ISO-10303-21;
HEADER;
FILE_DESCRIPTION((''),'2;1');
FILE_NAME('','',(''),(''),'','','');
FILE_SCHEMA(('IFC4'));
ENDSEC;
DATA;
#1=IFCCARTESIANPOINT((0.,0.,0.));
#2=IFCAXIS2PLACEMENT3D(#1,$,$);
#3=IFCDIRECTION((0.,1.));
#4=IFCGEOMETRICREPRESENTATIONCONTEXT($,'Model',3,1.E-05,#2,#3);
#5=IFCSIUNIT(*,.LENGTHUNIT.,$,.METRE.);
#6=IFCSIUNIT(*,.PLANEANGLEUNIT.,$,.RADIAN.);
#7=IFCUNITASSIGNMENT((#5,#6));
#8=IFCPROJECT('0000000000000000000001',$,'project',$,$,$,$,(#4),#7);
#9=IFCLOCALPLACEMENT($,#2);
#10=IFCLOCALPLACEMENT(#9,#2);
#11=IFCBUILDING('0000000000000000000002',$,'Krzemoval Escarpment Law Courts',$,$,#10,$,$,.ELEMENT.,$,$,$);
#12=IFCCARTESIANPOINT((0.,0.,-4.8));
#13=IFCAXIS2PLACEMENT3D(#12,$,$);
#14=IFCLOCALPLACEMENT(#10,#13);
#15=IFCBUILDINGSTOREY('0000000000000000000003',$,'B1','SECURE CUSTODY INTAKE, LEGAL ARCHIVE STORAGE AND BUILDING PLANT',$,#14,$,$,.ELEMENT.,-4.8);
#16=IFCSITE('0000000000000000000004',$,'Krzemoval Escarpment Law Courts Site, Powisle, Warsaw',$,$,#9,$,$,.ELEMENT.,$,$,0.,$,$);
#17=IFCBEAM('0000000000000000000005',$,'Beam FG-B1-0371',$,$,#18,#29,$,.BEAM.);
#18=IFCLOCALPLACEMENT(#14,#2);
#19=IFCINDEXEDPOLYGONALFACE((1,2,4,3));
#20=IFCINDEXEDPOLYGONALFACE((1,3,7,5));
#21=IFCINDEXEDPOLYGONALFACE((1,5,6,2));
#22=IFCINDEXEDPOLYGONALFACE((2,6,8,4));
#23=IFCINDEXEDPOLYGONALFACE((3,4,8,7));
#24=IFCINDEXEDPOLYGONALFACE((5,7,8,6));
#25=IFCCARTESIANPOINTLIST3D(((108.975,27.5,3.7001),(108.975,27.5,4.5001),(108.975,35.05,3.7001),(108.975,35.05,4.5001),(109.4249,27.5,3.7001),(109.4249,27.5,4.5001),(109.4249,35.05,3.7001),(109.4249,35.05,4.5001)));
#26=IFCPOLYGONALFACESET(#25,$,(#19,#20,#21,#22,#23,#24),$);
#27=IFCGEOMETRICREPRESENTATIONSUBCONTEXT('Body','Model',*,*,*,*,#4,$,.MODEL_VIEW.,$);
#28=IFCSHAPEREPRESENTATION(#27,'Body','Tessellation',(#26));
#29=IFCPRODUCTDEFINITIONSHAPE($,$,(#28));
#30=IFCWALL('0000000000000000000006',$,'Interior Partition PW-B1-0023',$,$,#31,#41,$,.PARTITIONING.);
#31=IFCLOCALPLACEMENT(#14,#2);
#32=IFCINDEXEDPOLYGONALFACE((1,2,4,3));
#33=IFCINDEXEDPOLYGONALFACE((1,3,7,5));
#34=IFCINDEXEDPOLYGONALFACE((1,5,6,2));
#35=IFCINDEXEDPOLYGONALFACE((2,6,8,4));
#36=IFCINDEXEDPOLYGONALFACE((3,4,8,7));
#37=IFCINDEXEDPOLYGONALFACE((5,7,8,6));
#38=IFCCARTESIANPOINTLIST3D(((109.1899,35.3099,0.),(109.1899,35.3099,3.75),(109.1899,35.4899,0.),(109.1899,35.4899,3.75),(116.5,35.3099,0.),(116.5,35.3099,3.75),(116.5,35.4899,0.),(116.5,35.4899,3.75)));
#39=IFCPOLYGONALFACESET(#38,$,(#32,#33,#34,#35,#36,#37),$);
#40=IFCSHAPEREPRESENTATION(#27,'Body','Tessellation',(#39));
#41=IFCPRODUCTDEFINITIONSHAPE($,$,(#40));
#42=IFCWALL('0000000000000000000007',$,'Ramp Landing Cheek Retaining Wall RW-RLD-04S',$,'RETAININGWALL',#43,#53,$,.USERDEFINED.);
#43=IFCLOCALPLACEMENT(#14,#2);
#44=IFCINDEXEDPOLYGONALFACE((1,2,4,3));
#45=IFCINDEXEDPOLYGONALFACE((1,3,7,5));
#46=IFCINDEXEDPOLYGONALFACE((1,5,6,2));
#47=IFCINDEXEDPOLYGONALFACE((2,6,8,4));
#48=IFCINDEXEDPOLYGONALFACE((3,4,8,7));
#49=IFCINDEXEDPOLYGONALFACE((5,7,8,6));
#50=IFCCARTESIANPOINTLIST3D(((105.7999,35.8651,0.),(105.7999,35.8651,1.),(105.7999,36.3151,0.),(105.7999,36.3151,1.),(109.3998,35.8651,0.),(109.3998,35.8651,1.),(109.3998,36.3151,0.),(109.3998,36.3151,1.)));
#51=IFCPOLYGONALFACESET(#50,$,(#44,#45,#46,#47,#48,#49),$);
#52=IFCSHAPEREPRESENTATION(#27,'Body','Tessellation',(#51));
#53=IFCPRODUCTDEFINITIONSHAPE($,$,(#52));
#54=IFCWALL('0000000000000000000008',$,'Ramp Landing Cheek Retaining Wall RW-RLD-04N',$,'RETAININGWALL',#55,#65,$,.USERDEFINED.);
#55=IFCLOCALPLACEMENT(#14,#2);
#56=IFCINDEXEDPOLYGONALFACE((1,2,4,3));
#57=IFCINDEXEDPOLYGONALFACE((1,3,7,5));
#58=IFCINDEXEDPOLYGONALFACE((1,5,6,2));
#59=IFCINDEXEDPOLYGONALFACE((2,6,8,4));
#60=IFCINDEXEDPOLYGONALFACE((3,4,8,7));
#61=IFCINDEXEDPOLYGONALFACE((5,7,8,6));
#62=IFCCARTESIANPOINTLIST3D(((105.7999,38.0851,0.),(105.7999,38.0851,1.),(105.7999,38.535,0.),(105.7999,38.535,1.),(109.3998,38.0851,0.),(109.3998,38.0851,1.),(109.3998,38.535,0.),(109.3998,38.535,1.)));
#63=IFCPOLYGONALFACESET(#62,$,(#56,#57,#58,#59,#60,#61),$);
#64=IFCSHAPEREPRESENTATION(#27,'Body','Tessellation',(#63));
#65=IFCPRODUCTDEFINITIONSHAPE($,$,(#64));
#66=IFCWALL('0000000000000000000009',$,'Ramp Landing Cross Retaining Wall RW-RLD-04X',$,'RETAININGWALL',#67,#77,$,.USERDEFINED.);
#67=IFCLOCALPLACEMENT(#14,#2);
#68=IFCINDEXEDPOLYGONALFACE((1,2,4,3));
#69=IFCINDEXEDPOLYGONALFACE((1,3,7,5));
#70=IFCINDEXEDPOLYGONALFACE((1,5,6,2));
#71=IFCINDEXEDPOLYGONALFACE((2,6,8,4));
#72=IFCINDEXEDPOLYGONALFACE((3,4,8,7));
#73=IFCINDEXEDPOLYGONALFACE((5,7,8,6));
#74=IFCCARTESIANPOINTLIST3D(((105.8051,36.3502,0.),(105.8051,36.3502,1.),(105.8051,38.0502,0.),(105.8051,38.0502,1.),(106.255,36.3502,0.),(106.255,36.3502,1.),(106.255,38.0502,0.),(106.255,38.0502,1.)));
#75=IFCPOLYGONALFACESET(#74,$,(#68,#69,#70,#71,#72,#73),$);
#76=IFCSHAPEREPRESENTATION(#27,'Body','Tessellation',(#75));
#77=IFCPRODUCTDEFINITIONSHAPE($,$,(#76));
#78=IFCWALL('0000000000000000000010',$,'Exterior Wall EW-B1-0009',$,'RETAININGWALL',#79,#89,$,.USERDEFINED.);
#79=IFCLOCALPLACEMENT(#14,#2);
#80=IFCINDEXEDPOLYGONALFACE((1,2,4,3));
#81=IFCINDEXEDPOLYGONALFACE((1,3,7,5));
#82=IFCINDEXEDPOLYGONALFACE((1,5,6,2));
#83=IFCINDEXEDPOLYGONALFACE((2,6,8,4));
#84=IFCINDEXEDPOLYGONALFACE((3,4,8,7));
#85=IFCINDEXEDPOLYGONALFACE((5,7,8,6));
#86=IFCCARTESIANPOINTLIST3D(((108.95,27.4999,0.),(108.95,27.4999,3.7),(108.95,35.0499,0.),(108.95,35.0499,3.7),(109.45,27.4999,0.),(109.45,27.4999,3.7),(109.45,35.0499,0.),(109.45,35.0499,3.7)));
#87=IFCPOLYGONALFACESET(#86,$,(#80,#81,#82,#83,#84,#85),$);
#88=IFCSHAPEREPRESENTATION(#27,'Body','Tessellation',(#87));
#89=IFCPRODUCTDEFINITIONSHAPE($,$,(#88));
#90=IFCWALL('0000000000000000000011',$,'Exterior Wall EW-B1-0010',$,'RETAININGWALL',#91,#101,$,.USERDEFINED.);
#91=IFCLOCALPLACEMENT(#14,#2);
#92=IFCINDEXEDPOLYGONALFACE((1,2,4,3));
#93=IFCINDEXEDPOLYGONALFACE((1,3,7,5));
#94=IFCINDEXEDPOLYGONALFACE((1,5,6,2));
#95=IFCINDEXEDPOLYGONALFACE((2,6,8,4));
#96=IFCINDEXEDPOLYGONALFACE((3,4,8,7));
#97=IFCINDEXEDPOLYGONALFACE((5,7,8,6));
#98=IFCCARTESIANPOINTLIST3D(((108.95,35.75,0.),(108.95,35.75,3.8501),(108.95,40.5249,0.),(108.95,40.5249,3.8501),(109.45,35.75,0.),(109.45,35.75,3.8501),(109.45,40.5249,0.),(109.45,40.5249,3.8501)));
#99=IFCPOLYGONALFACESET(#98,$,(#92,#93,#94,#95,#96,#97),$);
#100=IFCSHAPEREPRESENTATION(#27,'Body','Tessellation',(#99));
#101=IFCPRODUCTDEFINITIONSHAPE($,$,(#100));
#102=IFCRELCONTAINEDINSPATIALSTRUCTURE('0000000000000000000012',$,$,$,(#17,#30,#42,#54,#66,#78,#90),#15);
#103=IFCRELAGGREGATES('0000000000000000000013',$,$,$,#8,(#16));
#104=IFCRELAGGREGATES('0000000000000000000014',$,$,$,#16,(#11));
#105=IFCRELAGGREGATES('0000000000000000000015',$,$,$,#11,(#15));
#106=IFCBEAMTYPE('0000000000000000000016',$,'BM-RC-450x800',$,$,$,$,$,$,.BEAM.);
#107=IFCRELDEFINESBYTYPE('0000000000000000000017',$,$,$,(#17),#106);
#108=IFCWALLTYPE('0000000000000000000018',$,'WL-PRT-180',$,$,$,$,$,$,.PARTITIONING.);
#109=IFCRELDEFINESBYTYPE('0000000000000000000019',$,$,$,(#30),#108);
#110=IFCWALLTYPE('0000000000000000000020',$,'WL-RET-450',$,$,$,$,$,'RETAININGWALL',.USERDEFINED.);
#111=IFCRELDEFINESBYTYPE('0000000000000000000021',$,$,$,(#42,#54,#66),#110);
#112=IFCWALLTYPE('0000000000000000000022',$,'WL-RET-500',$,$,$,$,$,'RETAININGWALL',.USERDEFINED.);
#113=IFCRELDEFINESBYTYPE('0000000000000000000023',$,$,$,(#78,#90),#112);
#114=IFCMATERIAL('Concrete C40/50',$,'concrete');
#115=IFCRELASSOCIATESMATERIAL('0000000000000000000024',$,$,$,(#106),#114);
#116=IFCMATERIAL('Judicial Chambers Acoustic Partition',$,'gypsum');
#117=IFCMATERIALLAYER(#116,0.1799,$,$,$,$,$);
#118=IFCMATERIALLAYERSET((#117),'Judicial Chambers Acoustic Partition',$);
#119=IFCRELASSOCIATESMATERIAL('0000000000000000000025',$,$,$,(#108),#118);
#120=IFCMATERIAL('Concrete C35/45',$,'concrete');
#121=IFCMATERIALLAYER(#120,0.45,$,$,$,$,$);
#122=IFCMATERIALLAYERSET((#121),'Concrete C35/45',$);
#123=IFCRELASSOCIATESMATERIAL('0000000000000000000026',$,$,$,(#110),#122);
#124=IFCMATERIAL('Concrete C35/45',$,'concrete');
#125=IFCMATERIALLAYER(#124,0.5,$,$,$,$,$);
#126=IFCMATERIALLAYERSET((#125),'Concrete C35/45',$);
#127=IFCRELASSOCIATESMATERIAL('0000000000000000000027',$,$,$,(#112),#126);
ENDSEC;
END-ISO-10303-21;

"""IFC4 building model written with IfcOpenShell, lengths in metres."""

from ifc_helpers import new_model, si_unit, direction, frame, frame_2d, origin, origin_2d, place, context, subcontext, project, spatial, rectangle, extrude, material, layer, layer_set, material_profile, profile_set, type_object, element, save


model = new_model("IFC4")

# Units and contexts
model_context = context("Model", 3, precision=1e-05, world=origin(), true_north=direction((0.0, 1.0)))
body_context = subcontext(model_context, "Body", "Model", "MODEL_VIEW")
ifc_project = project(units=[si_unit("LENGTHUNIT", "METRE"), si_unit("PLANEANGLEUNIT", "RADIAN")], contexts=[model_context])

# Site, building, storey
site_placement = place(None, origin())
site = spatial("IfcSite", under=ifc_project, at=site_placement, Name="Krzemoval Escarpment Law Courts Site, Powisle, Warsaw", CompositionType="ELEMENT", RefElevation=0.0)
building_placement = place(site_placement, origin())
building = spatial("IfcBuilding", under=site, at=building_placement, Name="Krzemoval Escarpment Law Courts", CompositionType="ELEMENT")
storey_placement = place(building_placement, frame((0.0, 0.0, -4.8)))
storey = spatial("IfcBuildingStorey", under=building, at=storey_placement, Name="B1", Description="SECURE CUSTODY INTAKE, LEGAL ARCHIVE STORAGE AND BUILDING PLANT", CompositionType="ELEMENT", Elevation=-4.8)

# Beam
ifc_material_1 = material(Name="Concrete C40/50", Category="concrete")
ifc_material_profile_1 = material_profile(ifc_material_1, rectangle(XDim=0.45, YDim=0.8, at=origin_2d()), Name="RCB 450x800")
ifc_profile_set_1 = profile_set([ifc_material_profile_1], Name="Concrete C40/50")
beam_type_1 = type_object("IfcBeamType", Name="BM-RC-450x800", PredefinedType="BEAM", material=ifc_profile_set_1)
beam_1_placement = place(storey_placement, frame((109.2, 27.5, 4.1001), z_axis=(0.0, 1.0, 0.0), x_axis=(-1.0, 0.0, 0.0)))
element("IfcBeam", 1, at=beam_1_placement, inside=storey, type_object=beam_type_1, Name="Beam FG-B1-0371", PredefinedType="BEAM", context=body_context, shape_type="SweptSolid", body=[
    extrude(rectangle(XDim=0.45, YDim=0.8, at=origin_2d()), origin(), (0.0, 0.0, 1.0), 7.55),
])

# Walls
ifc_material_2 = material(Name="Judicial Chambers Acoustic Partition", Category="gypsum")
ifc_layer_1 = layer(ifc_material_2, 0.1799)
ifc_layer_set_1 = layer_set([ifc_layer_1], Name="Judicial Chambers Acoustic Partition")
wall_type_1 = type_object("IfcWallType", Name="WL-PRT-180", PredefinedType="PARTITIONING", material=ifc_layer_set_1)
wall_1_placement = place(storey_placement, frame((109.1899, 35.3999, 0.0), z_axis=(0.0, 0.0, 1.0), x_axis=(1.0, 0.0, 0.0)))
element("IfcWall", 2, at=wall_1_placement, inside=storey, type_object=wall_type_1, Name="Interior Partition PW-B1-0023", PredefinedType="PARTITIONING", context=body_context, shape_type="SweptSolid", body=[
    extrude(rectangle(XDim=7.3101, YDim=0.1799, at=frame_2d((3.655, 0.0))), origin(), (0.0, 0.0, 1.0), 3.75),
])
ifc_material_3 = material(Name="Concrete C35/45", Category="concrete")
ifc_layer_2 = layer(ifc_material_3, 0.45)
ifc_layer_set_2 = layer_set([ifc_layer_2], Name="Concrete C35/45")
wall_type_2 = type_object("IfcWallType", Name="WL-RET-450", ElementType="RETAININGWALL", PredefinedType="USERDEFINED", material=ifc_layer_set_2)
for number, where, z_axis, x_axis, name in (
    (3, (105.8, 36.0901, 0.0), (0.0, 0.0, 1.0), (1.0, 0.0, 0.0), "Ramp Landing Cheek Retaining Wall RW-RLD-04S"),
    (4, (105.8, 38.3101, 0.0), (0.0, 0.0, 1.0), (1.0, 0.0, 0.0), "Ramp Landing Cheek Retaining Wall RW-RLD-04N"),
):
    element("IfcWall", number, at=place(storey_placement, frame(where, z_axis=z_axis, x_axis=x_axis)), inside=storey, type_object=wall_type_2, Name=name, ObjectType="RETAININGWALL", PredefinedType="USERDEFINED", context=body_context, shape_type="SweptSolid", body=[
        extrude(rectangle(XDim=3.5999, YDim=0.45, at=frame_2d((1.7998, 0.0))), origin(), (0.0, 0.0, 1.0), 1.0),
    ])
wall_2_placement = place(storey_placement, frame((106.03, 36.3501, 0.0), z_axis=(0.0, 0.0, 1.0), x_axis=(0.0, 1.0, 0.0)))
element("IfcWall", 5, at=wall_2_placement, inside=storey, type_object=wall_type_2, Name="Ramp Landing Cross Retaining Wall RW-RLD-04X", ObjectType="RETAININGWALL", PredefinedType="USERDEFINED", context=body_context, shape_type="SweptSolid", body=[
    extrude(rectangle(XDim=1.7, YDim=0.45, at=frame_2d((0.8501, 0.0))), origin(), (0.0, 0.0, 1.0), 1.0),
])
ifc_material_4 = material(Name="Concrete C35/45", Category="concrete")
ifc_layer_3 = layer(ifc_material_4, 0.5)
ifc_layer_set_3 = layer_set([ifc_layer_3], Name="Concrete C35/45")
wall_type_3 = type_object("IfcWallType", Name="WL-RET-500", ElementType="RETAININGWALL", PredefinedType="USERDEFINED", material=ifc_layer_set_3)
wall_3_placement = place(storey_placement, frame((109.2, 27.5, 0.0), z_axis=(0.0, 0.0, 1.0), x_axis=(0.0, 1.0, 0.0)))
element("IfcWall", 6, at=wall_3_placement, inside=storey, type_object=wall_type_3, Name="Exterior Wall EW-B1-0009", ObjectType="RETAININGWALL", PredefinedType="USERDEFINED", context=body_context, shape_type="SweptSolid", body=[
    extrude(rectangle(XDim=7.55, YDim=0.5, at=frame_2d((3.7749, 0.0))), origin(), (0.0, 0.0, 1.0), 3.7),
])
wall_4_placement = place(storey_placement, frame((109.2, 35.75, 0.0), z_axis=(0.0, 0.0, 1.0), x_axis=(0.0, 1.0, 0.0)))
element("IfcWall", 7, at=wall_4_placement, inside=storey, type_object=wall_type_3, Name="Exterior Wall EW-B1-0010", ObjectType="RETAININGWALL", PredefinedType="USERDEFINED", context=body_context, shape_type="SweptSolid", body=[
    extrude(rectangle(XDim=4.7749, YDim=0.5, at=frame_2d((2.3875, 0.0))), origin(), (0.0, 0.0, 1.0), 3.8501),
])

save(model, "model.ifc")
